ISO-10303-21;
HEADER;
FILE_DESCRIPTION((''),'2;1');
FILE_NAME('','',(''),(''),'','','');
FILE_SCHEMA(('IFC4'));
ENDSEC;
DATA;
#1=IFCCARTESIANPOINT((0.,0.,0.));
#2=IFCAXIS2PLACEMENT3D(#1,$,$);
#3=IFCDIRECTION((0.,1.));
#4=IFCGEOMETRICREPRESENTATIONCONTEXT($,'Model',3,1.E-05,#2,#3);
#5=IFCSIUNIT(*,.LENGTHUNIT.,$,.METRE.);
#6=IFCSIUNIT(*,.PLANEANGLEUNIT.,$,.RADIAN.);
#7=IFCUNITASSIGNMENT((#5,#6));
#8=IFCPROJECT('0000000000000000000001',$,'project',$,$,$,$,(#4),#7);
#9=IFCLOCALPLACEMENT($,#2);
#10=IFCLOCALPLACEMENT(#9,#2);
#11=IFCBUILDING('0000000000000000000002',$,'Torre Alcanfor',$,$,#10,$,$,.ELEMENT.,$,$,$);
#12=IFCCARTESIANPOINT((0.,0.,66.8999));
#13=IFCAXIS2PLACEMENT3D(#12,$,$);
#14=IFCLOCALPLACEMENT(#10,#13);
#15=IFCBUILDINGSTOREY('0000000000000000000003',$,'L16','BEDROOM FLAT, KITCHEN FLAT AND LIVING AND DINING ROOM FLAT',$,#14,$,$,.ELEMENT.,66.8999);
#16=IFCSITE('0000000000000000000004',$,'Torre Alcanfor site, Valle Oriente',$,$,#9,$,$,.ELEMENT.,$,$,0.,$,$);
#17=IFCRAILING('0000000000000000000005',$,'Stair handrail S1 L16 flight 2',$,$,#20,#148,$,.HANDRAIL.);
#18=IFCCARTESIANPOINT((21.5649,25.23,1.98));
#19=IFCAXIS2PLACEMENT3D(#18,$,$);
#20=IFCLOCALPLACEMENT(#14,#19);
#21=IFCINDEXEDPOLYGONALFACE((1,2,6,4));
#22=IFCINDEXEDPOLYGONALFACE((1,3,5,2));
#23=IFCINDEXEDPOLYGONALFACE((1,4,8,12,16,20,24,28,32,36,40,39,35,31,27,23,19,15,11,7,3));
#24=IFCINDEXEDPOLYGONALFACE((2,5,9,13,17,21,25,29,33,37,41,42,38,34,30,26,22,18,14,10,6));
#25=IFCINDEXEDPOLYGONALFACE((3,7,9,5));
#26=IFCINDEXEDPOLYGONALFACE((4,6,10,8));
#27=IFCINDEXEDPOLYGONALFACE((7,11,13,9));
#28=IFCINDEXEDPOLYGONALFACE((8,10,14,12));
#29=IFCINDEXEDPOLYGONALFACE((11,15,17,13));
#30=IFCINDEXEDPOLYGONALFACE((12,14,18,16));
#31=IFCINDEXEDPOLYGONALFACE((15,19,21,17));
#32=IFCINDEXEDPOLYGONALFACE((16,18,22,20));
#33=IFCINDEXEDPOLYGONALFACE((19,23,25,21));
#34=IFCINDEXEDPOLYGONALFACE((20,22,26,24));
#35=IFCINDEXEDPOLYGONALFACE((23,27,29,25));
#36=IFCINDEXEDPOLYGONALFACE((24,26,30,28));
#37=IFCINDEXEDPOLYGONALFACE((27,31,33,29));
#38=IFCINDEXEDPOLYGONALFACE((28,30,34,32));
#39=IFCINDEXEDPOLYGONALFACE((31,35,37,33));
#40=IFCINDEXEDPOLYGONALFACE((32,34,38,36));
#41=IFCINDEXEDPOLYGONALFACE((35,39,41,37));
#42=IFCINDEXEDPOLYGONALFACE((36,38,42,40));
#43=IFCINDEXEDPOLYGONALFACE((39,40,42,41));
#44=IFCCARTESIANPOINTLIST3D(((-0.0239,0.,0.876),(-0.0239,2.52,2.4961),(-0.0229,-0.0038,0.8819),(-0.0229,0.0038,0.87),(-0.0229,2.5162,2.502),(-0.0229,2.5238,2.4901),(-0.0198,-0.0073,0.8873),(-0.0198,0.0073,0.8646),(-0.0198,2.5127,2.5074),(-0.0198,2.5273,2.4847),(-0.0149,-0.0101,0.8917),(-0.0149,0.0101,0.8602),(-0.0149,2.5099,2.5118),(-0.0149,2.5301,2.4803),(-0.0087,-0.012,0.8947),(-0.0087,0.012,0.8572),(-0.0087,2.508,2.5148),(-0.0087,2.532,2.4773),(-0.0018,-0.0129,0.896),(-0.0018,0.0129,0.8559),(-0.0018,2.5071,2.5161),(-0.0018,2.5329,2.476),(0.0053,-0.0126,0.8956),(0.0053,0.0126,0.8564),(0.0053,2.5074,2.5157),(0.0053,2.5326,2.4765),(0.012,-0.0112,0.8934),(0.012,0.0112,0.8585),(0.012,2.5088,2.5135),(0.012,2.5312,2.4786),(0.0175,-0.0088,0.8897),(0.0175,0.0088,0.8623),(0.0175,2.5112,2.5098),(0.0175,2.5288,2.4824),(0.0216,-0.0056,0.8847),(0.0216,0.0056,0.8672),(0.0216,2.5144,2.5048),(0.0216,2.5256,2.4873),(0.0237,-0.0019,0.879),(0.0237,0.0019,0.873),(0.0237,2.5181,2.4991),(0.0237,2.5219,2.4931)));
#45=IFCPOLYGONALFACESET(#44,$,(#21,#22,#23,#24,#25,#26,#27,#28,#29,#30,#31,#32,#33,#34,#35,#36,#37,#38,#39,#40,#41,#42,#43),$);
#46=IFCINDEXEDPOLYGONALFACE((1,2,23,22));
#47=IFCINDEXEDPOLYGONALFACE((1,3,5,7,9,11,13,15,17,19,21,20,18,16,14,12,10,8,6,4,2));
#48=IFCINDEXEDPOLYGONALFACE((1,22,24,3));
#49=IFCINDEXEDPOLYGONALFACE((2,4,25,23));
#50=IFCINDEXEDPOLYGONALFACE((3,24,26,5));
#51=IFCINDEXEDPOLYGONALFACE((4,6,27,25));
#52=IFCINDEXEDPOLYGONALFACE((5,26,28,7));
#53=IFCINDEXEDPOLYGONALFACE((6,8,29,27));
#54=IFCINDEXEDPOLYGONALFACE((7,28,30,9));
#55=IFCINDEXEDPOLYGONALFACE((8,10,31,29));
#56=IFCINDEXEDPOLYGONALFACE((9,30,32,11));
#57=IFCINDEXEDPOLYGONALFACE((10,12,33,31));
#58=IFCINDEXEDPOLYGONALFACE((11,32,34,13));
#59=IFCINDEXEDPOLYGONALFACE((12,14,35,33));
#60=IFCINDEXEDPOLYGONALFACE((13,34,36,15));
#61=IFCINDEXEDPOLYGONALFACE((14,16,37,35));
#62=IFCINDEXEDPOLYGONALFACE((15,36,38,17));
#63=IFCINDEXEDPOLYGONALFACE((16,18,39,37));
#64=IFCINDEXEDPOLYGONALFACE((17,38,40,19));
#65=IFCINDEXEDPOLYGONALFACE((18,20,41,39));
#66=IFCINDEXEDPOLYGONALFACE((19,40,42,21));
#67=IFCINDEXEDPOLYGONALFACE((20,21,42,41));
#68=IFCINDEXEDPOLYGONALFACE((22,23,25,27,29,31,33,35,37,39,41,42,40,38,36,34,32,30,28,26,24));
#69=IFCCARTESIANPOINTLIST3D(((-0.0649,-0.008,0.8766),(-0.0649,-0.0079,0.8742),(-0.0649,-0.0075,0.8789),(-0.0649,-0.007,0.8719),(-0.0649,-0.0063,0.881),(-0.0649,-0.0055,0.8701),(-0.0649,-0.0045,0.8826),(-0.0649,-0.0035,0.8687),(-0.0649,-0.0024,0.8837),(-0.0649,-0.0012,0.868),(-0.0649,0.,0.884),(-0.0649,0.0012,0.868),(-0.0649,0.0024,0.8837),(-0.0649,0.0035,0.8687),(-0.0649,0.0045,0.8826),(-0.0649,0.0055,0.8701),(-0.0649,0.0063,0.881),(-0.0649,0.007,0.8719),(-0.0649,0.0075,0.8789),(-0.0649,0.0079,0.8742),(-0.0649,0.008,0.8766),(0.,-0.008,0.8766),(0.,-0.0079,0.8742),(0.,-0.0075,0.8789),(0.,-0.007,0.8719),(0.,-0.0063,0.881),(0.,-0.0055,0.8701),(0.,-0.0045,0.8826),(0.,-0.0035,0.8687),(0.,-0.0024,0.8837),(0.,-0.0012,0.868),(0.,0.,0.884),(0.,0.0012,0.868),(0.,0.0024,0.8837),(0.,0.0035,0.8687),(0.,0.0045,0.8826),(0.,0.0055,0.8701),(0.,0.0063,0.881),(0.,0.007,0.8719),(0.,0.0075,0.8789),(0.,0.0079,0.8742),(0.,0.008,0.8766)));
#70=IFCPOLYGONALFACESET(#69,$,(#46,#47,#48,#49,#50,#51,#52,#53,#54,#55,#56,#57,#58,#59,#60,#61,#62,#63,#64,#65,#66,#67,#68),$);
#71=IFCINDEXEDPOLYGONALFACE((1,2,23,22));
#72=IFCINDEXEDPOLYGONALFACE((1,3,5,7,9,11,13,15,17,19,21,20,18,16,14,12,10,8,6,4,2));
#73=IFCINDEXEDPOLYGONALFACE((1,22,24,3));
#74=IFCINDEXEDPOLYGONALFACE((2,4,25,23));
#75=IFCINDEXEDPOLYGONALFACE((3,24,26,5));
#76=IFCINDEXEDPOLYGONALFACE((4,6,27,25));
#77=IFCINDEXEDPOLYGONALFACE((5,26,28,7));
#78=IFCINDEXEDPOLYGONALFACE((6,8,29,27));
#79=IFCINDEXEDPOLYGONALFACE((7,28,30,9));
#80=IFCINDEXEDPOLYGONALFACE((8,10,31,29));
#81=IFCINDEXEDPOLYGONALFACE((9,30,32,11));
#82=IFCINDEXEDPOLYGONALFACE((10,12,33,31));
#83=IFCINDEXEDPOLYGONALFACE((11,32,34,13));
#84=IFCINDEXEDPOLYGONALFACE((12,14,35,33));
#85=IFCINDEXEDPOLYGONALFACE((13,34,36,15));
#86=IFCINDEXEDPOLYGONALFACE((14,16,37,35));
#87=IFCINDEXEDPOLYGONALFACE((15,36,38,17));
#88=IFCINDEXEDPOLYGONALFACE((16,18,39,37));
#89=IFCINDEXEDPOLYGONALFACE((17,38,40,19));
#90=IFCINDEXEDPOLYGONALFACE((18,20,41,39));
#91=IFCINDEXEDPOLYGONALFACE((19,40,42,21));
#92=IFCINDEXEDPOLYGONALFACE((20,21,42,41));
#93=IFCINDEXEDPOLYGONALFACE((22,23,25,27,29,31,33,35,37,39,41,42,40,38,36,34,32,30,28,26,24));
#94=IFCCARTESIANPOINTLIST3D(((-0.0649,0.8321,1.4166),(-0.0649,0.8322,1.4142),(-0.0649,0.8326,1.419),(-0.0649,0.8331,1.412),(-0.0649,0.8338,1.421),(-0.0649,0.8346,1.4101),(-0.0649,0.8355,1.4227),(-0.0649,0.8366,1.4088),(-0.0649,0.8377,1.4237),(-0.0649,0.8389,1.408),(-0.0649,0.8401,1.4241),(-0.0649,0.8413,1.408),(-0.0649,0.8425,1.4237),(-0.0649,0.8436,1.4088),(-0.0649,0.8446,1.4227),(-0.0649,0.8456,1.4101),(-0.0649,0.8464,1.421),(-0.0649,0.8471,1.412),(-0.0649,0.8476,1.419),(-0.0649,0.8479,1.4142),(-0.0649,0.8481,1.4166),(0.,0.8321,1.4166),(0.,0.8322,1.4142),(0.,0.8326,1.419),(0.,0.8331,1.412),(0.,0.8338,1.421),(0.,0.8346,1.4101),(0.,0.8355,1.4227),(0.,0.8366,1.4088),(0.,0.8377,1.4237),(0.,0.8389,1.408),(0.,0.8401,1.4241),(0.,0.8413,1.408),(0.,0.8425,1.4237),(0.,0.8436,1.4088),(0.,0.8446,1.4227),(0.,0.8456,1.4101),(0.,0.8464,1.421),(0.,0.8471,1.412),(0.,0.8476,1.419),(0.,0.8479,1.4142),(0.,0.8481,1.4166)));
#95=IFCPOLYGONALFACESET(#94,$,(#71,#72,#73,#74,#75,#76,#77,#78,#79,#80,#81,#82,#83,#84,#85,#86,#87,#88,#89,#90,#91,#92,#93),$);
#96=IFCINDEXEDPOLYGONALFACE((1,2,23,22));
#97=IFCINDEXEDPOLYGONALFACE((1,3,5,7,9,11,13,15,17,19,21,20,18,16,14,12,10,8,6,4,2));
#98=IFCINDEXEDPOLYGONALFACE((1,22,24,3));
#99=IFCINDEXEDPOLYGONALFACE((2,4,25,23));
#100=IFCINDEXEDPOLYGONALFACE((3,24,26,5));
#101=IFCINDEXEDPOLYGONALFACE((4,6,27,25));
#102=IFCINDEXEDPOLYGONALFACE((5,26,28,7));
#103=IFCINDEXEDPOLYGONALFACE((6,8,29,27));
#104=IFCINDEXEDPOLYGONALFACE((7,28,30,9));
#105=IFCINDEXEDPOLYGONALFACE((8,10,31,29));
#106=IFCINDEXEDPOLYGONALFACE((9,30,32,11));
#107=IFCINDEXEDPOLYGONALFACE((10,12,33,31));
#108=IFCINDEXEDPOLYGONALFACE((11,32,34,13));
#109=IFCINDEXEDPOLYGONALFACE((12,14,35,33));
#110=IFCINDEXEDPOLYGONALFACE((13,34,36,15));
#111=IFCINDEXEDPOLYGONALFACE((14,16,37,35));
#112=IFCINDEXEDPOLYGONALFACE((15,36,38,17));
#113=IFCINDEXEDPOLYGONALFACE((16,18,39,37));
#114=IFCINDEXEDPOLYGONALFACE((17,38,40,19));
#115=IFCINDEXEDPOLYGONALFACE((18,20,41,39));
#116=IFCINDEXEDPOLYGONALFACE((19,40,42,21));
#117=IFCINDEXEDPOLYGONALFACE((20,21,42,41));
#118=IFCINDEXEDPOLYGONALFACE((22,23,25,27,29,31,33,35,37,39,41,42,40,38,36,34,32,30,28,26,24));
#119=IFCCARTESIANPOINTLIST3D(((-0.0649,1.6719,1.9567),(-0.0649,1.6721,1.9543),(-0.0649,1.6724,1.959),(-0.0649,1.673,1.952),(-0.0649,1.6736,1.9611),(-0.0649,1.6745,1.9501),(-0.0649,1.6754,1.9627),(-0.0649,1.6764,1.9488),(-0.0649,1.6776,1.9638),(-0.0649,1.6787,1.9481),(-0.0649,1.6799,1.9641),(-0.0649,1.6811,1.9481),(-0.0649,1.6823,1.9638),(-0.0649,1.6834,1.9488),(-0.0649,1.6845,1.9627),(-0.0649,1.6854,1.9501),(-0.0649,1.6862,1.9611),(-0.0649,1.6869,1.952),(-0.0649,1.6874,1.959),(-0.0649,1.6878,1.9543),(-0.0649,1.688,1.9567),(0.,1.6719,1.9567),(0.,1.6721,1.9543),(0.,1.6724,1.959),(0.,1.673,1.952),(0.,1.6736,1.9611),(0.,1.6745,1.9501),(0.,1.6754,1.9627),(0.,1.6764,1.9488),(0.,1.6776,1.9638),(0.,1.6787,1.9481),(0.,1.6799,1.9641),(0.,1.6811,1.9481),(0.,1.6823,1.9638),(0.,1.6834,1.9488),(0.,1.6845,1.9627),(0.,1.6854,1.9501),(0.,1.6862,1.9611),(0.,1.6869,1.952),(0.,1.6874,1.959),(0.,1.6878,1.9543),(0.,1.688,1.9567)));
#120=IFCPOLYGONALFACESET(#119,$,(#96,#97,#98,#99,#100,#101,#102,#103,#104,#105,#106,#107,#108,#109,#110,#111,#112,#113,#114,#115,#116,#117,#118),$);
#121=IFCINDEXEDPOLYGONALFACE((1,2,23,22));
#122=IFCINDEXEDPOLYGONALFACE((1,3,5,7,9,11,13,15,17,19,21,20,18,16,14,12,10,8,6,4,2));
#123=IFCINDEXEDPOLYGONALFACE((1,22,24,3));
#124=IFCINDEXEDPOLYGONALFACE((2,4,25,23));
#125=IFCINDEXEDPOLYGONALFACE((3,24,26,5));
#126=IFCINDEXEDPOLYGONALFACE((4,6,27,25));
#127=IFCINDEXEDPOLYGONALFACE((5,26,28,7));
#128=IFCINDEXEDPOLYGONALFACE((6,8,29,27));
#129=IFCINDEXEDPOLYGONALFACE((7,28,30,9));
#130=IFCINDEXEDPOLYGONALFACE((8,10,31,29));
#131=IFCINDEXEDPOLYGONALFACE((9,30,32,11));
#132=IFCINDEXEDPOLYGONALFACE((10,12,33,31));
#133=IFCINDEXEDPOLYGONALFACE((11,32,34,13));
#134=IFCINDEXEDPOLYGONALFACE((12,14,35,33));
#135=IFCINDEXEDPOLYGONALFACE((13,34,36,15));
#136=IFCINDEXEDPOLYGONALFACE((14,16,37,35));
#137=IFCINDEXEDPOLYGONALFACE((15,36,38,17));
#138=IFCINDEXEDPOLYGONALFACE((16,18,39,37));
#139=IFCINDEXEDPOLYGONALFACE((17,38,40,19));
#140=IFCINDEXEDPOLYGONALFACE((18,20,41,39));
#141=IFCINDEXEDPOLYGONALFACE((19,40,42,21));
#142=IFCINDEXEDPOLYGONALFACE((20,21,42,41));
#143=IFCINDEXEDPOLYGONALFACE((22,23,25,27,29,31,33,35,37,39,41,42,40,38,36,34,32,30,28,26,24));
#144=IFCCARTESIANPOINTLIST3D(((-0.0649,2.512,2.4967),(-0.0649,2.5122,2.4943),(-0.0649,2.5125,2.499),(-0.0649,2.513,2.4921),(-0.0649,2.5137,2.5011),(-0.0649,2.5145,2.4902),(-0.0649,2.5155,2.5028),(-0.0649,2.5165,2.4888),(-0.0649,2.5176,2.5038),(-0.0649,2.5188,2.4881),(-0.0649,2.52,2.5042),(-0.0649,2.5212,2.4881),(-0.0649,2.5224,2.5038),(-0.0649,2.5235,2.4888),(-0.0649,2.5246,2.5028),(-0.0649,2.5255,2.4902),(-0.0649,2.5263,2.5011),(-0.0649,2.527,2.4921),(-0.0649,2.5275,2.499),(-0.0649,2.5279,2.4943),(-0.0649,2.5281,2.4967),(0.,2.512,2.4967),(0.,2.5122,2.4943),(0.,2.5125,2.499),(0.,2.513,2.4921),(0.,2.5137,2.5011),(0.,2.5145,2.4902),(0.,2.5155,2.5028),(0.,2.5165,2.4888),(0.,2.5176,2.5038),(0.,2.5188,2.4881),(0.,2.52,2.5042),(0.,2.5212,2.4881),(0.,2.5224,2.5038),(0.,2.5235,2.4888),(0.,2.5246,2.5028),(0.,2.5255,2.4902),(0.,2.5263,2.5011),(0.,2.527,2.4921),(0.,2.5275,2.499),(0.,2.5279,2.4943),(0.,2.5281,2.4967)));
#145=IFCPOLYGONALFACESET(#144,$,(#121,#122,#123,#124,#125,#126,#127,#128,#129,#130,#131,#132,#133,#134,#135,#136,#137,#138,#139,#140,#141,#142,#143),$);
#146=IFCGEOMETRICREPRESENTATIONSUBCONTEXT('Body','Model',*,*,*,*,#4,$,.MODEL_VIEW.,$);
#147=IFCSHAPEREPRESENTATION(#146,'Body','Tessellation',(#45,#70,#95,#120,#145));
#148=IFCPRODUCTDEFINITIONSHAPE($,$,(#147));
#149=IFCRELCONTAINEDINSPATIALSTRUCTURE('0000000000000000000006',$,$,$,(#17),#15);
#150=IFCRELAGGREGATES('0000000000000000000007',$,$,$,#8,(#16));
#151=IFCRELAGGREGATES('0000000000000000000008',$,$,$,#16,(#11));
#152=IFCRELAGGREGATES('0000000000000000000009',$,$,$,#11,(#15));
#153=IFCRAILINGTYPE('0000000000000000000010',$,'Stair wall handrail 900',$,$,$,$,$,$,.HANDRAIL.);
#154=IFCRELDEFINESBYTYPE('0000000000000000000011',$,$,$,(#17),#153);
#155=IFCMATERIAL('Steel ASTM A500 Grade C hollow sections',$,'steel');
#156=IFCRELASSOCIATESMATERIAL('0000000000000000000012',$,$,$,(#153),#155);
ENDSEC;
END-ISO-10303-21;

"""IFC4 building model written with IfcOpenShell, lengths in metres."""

from ifc_helpers import new_model, si_unit, direction, frame, origin, origin_2d, place, context, subcontext, project, spatial, circle, extrude, material, type_object, element, save


model = new_model("IFC4")

# Units and contexts
model_context = context("Model", 3, precision=1e-05, world=origin(), true_north=direction((0.0, 1.0)))
body_context = subcontext(model_context, "Body", "Model", "MODEL_VIEW")
ifc_project = project(units=[si_unit("LENGTHUNIT", "METRE"), si_unit("PLANEANGLEUNIT", "RADIAN")], contexts=[model_context])

# Site, building, storey
site_placement = place(None, origin())
site = spatial("IfcSite", under=ifc_project, at=site_placement, Name="Torre Alcanfor site, Valle Oriente", CompositionType="ELEMENT", RefElevation=0.0)
building_placement = place(site_placement, origin())
building = spatial("IfcBuilding", under=site, at=building_placement, Name="Torre Alcanfor", CompositionType="ELEMENT")
storey_placement = place(building_placement, frame((0.0, 0.0, 66.8999)))
storey = spatial("IfcBuildingStorey", under=building, at=storey_placement, Name="L16", Description="BEDROOM FLAT, KITCHEN FLAT AND LIVING AND DINING ROOM FLAT", CompositionType="ELEMENT", Elevation=66.8999)

# Railing
ifc_material_1 = material(Name="Steel ASTM A500 Grade C hollow sections", Category="steel")
railing_type_1 = type_object("IfcRailingType", Name="Stair wall handrail 900", PredefinedType="HANDRAIL", material=ifc_material_1)
railing_1_placement = place(storey_placement, frame((21.5649, 25.23, 1.98)))
element("IfcRailing", 1, at=railing_1_placement, inside=storey, type_object=railing_type_1, Name="Stair handrail S1 L16 flight 2", PredefinedType="HANDRAIL", context=body_context, shape_type="SweptSolid", body=[
    extrude(circle(Radius=0.0239, at=origin_2d()), frame((0.0, 0.0, 0.876), z_axis=(0.0, 0.841163, 0.540782), x_axis=(-1.0, 0.0, 0.0)), (0.0, 0.0, 1.0), 2.9958),
    extrude(circle(Radius=0.0081, at=origin_2d()), frame((0.0, 0.0, 0.876), z_axis=(-1.0, 0.0, 0.0), x_axis=(0.0, 0.0, 1.0)), (0.0, 0.0, 1.0), 0.0649),
    extrude(circle(Radius=0.0081, at=origin_2d()), frame((0.0, 0.8401, 1.416), z_axis=(-1.0, 0.0, 0.0), x_axis=(0.0, 0.0, 1.0)), (0.0, 0.0, 1.0), 0.0649),
    extrude(circle(Radius=0.0081, at=origin_2d()), frame((0.0, 1.6799, 1.9561), z_axis=(-1.0, 0.0, 0.0), x_axis=(0.0, 0.0, 1.0)), (0.0, 0.0, 1.0), 0.0649),
    extrude(circle(Radius=0.0081, at=origin_2d()), frame((0.0, 2.52, 2.4961), z_axis=(-1.0, 0.0, 0.0), x_axis=(0.0, 0.0, 1.0)), (0.0, 0.0, 1.0), 0.0649),
])

save(model, "model.ifc")
